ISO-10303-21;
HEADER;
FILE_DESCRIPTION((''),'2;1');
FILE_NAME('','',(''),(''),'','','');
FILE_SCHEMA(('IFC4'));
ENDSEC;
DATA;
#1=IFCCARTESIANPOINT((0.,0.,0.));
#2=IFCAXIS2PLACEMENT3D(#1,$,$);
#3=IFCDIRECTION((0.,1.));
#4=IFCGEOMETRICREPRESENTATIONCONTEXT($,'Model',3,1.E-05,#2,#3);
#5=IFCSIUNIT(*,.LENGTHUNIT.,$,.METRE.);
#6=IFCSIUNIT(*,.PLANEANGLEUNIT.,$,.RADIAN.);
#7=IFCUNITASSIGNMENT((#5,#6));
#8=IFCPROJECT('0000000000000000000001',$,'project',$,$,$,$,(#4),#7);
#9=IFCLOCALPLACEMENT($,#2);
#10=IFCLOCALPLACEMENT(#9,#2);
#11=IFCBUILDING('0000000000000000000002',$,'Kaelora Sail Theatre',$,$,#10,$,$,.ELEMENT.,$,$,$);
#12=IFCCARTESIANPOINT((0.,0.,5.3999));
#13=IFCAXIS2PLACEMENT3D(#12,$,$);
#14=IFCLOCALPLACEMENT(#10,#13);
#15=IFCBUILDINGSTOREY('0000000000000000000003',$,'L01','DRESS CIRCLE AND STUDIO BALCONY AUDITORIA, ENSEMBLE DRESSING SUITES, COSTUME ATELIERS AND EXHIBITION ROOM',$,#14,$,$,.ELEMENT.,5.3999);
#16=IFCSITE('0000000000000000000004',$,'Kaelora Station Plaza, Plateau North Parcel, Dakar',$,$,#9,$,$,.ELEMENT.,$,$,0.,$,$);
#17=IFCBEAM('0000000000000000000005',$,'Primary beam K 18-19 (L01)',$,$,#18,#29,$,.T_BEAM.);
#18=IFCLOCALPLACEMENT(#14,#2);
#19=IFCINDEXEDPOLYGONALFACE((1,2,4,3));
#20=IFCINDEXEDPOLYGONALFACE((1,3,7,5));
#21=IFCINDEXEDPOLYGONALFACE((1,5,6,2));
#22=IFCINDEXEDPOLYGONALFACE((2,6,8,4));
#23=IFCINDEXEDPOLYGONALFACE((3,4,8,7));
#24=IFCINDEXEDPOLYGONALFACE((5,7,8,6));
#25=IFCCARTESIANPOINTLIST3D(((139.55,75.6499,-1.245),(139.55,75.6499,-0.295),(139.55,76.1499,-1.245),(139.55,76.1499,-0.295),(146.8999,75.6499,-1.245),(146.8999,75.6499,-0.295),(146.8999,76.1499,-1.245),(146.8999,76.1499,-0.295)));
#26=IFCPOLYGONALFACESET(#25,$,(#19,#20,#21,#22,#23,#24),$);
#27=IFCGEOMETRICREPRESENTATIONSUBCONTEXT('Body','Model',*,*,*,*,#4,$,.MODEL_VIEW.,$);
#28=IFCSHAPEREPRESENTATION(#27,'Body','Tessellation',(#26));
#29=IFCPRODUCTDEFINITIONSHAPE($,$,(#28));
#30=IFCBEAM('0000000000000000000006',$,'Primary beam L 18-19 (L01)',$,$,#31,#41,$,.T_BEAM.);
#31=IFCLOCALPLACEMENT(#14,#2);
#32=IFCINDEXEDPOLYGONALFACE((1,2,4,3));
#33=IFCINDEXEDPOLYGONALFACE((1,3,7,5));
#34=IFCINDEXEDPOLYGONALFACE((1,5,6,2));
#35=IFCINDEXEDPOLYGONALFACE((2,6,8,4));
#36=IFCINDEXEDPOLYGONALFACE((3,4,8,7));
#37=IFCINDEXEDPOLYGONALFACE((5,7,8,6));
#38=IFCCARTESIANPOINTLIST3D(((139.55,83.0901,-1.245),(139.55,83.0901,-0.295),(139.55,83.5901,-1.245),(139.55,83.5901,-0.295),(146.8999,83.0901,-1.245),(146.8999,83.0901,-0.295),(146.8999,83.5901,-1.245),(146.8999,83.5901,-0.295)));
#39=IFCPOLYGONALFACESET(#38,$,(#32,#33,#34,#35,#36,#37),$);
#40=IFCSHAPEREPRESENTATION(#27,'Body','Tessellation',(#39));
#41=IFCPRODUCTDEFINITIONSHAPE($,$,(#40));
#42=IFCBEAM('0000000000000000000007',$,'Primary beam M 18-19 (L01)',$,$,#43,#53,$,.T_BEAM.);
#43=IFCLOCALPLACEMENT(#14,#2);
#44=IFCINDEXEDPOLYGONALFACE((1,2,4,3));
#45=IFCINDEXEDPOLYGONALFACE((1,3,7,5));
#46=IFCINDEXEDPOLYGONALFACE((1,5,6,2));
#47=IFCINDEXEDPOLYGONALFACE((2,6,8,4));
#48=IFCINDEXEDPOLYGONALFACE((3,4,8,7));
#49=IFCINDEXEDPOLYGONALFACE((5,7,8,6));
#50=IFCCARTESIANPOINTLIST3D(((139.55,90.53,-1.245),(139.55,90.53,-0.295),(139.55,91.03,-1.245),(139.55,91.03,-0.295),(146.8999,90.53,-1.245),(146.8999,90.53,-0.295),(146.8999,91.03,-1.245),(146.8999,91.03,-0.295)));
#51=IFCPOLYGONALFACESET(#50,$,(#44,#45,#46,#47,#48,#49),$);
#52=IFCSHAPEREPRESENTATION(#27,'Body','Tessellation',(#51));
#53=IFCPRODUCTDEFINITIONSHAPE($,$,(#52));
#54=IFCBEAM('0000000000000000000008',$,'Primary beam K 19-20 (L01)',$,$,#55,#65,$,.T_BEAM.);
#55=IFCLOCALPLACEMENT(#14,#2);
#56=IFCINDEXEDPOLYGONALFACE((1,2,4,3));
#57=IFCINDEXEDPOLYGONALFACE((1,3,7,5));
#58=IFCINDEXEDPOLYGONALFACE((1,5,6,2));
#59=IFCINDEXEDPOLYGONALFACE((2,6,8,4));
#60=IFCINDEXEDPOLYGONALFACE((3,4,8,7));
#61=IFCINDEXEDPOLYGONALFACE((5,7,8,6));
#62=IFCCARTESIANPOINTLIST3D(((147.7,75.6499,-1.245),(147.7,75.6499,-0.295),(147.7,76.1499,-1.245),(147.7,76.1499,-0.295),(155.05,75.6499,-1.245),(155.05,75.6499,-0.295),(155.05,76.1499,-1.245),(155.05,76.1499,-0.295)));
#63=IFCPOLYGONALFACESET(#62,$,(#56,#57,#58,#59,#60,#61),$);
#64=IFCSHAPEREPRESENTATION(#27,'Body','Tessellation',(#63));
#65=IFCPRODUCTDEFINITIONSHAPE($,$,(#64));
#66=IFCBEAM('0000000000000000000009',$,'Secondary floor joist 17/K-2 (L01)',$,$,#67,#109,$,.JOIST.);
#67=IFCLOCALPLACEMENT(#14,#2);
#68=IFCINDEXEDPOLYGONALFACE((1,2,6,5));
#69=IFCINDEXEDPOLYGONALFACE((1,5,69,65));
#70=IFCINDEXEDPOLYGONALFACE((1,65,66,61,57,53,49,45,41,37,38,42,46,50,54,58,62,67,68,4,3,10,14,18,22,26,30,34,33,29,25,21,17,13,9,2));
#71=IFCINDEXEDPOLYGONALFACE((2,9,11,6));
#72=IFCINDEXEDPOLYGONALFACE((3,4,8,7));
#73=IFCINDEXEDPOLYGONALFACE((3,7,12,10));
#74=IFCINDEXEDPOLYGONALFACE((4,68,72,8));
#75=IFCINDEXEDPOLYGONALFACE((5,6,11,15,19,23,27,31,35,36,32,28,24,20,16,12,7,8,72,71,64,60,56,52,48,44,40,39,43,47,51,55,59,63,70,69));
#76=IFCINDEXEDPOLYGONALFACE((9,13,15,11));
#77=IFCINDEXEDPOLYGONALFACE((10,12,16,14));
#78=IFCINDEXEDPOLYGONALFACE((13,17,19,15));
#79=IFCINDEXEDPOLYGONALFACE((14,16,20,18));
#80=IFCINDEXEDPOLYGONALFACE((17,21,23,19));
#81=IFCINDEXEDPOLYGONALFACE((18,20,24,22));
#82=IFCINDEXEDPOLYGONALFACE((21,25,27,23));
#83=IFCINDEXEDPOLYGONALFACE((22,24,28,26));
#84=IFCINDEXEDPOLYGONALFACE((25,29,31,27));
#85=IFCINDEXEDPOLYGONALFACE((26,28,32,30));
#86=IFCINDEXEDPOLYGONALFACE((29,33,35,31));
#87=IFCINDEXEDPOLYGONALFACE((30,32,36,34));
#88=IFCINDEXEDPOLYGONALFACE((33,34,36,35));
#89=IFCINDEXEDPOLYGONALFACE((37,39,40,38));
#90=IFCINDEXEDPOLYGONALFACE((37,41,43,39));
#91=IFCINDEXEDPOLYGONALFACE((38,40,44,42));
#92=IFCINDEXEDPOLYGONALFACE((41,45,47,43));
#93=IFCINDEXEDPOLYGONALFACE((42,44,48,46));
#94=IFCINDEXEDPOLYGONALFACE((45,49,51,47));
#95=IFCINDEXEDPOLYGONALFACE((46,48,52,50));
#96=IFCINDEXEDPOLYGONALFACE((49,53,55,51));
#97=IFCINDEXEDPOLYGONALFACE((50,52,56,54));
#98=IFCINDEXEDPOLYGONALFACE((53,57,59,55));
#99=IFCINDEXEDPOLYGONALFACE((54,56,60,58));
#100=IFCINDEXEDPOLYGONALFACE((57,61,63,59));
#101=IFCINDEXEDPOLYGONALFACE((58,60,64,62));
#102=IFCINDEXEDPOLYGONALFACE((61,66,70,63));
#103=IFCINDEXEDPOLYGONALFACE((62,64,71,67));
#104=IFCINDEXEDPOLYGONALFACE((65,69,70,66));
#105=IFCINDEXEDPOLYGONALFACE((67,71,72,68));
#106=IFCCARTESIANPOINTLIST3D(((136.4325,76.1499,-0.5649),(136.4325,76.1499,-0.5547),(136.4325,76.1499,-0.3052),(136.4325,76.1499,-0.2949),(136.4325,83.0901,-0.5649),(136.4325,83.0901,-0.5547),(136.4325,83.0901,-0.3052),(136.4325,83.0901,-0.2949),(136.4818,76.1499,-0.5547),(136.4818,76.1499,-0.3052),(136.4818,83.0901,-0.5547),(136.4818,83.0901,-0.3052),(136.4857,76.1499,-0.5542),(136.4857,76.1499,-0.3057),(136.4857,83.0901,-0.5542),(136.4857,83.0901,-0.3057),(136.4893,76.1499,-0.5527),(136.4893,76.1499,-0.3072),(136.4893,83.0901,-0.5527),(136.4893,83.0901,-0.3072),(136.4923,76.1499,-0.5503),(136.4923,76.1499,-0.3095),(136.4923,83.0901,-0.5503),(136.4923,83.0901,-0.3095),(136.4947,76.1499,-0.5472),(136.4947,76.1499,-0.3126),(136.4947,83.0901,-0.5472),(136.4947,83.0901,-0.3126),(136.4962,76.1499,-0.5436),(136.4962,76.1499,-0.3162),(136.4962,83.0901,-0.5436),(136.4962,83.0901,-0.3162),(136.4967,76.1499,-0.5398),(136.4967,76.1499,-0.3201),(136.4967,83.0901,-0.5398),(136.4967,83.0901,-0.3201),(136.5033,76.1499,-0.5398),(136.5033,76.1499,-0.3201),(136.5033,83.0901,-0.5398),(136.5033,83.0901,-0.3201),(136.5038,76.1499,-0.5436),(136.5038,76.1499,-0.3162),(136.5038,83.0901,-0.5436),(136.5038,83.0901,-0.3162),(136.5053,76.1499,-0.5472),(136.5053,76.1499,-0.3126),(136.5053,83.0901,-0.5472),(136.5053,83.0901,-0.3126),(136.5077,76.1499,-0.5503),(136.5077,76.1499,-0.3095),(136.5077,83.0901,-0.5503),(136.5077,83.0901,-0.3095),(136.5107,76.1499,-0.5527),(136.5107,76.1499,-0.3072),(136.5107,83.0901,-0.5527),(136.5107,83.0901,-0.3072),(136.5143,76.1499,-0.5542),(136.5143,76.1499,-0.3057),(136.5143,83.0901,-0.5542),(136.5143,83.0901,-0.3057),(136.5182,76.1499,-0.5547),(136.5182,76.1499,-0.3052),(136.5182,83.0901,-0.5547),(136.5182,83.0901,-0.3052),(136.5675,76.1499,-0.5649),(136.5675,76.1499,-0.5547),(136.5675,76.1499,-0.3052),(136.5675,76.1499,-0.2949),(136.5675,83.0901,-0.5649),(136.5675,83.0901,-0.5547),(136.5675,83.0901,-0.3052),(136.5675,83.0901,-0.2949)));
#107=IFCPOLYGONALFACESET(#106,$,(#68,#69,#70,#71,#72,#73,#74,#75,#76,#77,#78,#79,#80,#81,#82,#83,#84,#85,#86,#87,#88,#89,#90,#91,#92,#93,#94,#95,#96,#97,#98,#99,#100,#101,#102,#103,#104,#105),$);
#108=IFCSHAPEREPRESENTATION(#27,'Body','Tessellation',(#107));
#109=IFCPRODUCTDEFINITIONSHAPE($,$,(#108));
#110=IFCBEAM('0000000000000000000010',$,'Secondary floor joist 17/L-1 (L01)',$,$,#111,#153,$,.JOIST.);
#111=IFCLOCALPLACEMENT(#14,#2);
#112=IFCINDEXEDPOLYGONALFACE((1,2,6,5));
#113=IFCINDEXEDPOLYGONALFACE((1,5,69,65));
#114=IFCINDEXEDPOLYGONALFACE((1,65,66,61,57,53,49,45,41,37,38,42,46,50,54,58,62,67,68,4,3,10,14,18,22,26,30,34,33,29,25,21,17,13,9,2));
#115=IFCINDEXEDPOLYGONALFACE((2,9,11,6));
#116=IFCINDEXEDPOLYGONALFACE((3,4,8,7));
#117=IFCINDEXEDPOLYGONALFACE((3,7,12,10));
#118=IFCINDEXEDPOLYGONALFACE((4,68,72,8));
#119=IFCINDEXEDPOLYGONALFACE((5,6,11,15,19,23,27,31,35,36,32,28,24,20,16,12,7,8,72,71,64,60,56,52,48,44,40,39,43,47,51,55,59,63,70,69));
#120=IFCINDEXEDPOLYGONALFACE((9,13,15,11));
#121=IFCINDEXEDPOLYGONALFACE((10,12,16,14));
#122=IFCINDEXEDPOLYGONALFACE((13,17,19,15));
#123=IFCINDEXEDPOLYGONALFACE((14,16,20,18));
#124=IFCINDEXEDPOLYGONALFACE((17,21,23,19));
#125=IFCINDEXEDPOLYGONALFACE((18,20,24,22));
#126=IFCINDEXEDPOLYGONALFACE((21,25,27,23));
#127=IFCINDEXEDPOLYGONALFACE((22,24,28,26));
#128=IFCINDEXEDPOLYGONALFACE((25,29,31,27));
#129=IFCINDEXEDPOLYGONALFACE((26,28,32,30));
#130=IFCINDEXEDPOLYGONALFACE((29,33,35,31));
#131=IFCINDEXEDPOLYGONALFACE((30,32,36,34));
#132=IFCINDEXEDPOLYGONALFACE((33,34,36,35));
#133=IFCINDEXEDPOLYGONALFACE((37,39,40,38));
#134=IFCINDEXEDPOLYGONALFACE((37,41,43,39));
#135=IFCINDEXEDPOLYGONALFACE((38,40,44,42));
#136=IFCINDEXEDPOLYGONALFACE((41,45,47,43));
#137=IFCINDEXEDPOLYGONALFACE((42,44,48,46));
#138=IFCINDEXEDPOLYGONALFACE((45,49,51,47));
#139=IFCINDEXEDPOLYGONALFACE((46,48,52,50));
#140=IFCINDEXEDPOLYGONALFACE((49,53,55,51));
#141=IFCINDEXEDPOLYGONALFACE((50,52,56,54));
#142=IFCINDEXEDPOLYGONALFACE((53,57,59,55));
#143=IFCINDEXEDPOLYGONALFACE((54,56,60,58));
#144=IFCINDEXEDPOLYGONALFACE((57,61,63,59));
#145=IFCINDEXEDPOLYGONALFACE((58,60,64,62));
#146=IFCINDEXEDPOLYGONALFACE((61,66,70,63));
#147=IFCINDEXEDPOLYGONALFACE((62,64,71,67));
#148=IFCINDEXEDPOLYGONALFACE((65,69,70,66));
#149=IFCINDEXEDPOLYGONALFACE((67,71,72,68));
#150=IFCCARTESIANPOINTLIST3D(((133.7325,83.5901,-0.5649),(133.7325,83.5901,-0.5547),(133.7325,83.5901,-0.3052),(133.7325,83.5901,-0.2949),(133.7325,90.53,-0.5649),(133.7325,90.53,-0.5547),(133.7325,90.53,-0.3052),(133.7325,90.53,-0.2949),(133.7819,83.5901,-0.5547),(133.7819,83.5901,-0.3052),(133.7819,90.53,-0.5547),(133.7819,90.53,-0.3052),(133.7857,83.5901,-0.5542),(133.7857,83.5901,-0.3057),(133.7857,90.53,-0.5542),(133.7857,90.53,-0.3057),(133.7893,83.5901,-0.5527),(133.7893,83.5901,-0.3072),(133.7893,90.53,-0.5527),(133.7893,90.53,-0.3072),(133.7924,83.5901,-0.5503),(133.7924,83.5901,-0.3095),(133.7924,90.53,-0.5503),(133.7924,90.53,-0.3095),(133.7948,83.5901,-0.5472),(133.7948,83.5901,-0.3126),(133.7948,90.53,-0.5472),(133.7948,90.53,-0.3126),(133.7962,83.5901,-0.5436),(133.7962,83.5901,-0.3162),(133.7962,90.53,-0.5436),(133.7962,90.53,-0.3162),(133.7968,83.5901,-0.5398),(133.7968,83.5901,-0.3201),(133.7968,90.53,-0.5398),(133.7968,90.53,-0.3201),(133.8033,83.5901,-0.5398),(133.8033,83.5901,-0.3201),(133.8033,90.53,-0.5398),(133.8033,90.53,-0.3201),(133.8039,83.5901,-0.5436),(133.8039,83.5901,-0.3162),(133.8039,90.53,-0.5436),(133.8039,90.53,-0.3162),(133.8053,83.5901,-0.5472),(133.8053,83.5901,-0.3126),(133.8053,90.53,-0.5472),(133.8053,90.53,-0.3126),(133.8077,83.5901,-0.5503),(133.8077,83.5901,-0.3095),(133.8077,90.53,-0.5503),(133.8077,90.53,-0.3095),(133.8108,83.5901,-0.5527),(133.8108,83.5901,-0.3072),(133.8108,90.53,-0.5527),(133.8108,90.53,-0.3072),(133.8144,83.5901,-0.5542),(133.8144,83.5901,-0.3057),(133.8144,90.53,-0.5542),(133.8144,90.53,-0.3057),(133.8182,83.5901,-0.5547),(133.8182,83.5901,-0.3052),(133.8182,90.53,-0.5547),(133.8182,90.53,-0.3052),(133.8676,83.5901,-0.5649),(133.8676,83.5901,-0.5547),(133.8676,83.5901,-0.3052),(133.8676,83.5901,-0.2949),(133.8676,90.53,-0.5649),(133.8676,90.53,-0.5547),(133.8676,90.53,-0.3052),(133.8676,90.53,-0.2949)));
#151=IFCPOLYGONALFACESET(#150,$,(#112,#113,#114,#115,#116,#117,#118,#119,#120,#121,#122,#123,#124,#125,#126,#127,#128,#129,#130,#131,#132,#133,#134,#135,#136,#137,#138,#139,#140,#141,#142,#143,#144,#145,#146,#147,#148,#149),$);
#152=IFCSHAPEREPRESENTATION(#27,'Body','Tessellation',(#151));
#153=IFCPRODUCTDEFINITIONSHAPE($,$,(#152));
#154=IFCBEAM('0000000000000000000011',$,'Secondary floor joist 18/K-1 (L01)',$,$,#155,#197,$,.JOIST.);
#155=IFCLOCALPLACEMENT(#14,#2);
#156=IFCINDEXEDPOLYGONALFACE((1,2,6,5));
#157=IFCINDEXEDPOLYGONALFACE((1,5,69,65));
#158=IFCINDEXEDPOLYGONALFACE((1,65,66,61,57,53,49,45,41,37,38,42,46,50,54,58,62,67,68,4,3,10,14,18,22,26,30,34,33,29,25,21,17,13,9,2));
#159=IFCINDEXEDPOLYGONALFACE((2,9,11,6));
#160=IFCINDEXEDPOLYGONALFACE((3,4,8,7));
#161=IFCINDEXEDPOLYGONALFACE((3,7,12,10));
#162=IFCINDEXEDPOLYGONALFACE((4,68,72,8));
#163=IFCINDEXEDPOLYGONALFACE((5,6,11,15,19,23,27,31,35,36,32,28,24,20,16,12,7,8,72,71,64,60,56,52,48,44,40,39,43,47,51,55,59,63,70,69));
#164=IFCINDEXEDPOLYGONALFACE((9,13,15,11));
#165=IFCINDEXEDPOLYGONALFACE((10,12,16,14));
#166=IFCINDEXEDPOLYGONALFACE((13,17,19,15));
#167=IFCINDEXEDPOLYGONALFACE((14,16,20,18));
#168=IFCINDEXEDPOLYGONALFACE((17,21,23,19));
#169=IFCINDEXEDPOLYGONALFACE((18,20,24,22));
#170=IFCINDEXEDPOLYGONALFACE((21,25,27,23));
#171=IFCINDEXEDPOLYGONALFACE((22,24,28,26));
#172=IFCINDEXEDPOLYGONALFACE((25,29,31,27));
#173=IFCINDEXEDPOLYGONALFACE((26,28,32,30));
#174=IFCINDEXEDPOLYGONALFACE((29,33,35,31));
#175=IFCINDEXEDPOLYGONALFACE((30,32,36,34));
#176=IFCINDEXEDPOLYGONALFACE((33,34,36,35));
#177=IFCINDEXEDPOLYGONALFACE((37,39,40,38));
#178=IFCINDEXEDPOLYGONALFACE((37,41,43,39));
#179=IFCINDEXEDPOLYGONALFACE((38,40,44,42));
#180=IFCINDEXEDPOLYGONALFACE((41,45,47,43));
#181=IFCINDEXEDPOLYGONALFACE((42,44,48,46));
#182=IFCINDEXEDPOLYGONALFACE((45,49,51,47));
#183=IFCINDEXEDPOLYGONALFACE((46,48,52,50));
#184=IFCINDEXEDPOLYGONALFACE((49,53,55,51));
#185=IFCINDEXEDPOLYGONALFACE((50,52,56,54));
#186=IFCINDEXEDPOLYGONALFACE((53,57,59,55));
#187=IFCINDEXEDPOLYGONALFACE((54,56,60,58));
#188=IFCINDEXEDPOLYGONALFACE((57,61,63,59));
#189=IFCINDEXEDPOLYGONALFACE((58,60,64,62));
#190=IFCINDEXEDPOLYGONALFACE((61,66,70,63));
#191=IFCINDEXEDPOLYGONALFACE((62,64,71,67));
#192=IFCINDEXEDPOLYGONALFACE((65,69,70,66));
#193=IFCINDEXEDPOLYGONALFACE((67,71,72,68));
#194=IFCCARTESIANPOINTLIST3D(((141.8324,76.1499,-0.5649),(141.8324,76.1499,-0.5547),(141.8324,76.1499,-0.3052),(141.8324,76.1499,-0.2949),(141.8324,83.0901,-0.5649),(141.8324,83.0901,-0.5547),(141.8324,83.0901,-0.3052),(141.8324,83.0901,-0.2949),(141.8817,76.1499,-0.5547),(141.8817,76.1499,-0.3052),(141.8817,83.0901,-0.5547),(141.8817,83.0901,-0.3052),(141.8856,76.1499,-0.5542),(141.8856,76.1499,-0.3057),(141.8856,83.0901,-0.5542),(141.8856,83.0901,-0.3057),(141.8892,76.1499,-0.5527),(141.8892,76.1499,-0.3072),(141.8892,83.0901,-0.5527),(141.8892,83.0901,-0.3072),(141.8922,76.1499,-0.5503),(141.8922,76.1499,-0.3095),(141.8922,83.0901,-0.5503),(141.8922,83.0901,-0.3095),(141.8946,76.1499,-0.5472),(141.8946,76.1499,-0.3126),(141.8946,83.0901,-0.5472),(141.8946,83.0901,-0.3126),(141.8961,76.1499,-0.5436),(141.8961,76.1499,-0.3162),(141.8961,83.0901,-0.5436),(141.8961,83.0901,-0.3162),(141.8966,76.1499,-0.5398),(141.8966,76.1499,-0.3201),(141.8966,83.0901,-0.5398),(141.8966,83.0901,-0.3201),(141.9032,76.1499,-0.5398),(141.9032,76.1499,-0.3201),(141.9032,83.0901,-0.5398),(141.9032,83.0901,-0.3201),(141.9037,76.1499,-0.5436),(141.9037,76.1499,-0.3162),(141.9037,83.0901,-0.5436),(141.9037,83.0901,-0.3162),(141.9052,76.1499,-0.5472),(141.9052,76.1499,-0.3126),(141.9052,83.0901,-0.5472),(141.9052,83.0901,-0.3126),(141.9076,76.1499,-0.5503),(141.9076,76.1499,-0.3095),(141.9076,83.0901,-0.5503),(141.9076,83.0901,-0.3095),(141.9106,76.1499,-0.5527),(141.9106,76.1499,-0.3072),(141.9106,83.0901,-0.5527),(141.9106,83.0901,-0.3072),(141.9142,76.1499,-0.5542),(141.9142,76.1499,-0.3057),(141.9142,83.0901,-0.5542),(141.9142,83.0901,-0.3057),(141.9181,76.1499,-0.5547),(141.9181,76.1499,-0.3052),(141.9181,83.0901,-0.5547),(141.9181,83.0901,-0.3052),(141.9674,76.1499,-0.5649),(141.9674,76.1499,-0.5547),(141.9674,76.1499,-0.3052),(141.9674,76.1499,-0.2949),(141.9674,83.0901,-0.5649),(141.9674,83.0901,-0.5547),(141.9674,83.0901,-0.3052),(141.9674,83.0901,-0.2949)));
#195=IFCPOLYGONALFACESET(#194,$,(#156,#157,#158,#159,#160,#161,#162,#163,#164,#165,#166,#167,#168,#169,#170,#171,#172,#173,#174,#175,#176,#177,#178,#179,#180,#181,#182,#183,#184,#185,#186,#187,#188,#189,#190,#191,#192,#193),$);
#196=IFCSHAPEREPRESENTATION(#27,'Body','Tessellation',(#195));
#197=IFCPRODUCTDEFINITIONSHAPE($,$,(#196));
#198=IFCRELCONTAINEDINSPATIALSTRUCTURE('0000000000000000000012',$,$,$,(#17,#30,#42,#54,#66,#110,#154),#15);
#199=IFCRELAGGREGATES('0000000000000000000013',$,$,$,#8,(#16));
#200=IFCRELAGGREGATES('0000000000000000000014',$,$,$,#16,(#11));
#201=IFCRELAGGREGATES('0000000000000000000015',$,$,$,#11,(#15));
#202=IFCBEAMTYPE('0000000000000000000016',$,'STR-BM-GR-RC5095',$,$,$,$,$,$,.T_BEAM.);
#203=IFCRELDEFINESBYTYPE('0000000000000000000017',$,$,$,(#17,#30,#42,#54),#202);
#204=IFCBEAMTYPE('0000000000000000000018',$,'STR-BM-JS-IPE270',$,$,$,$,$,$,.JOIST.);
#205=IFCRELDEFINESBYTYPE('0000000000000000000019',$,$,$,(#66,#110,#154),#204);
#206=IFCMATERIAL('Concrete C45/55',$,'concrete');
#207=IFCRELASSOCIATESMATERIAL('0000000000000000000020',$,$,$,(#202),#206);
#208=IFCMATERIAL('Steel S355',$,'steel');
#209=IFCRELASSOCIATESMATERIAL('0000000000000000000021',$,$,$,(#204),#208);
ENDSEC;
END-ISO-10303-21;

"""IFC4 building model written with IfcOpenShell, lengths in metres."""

from ifc_helpers import new_model, si_unit, direction, frame, origin, origin_2d, place, context, subcontext, project, spatial, rectangle, i_section, extrude, material, material_profile, profile_set, type_object, element, save


model = new_model("IFC4")

# Units and contexts
model_context = context("Model", 3, precision=1e-05, world=origin(), true_north=direction((0.0, 1.0)))
body_context = subcontext(model_context, "Body", "Model", "MODEL_VIEW")
ifc_project = project(units=[si_unit("LENGTHUNIT", "METRE"), si_unit("PLANEANGLEUNIT", "RADIAN")], contexts=[model_context])

# Site, building, storey
site_placement = place(None, origin())
site = spatial("IfcSite", under=ifc_project, at=site_placement, Name="Kaelora Station Plaza, Plateau North Parcel, Dakar", CompositionType="ELEMENT", RefElevation=0.0)
building_placement = place(site_placement, origin())
building = spatial("IfcBuilding", under=site, at=building_placement, Name="Kaelora Sail Theatre", CompositionType="ELEMENT")
storey_placement = place(building_placement, frame((0.0, 0.0, 5.3999)))
storey = spatial("IfcBuildingStorey", under=building, at=storey_placement, Name="L01", Description="DRESS CIRCLE AND STUDIO BALCONY AUDITORIA, ENSEMBLE DRESSING SUITES, COSTUME ATELIERS AND EXHIBITION ROOM", CompositionType="ELEMENT", Elevation=5.3999)

# Beams
ifc_material_1 = material(Name="Concrete C45/55", Category="concrete")
ifc_material_profile_1 = material_profile(ifc_material_1, rectangle(XDim=0.5, YDim=0.95, at=origin_2d()), Name="RC-GRD 500x950")
ifc_profile_set_1 = profile_set([ifc_material_profile_1], Name="Concrete C45/55")
beam_type_1 = type_object("IfcBeamType", Name="STR-BM-GR-RC5095", PredefinedType="T_BEAM", material=ifc_profile_set_1)
for number, where, z_axis, x_axis, name in (
    (1, (139.55, 75.8999, -0.77), (1.0, 0.0, 0.0), (0.0, 1.0, 0.0), "Primary beam K 18-19 (L01)"),
    (2, (139.55, 83.3401, -0.77), (1.0, 0.0, 0.0), (0.0, 1.0, 0.0), "Primary beam L 18-19 (L01)"),
    (3, (139.55, 90.78, -0.77), (1.0, 0.0, 0.0), (0.0, 1.0, 0.0), "Primary beam M 18-19 (L01)"),
):
    element("IfcBeam", number, at=place(storey_placement, frame(where, z_axis=z_axis, x_axis=x_axis)), inside=storey, type_object=beam_type_1, Name=name, PredefinedType="T_BEAM", context=body_context, shape_type="SweptSolid", body=[
        extrude(rectangle(XDim=0.5, YDim=0.95, at=origin_2d()), origin(), (0.0, 0.0, 1.0), 7.3499),
    ])
beam_1_placement = place(storey_placement, frame((147.7, 75.8999, -0.77), z_axis=(1.0, 0.0, 0.0), x_axis=(0.0, 1.0, 0.0)))
element("IfcBeam", 4, at=beam_1_placement, inside=storey, type_object=beam_type_1, Name="Primary beam K 19-20 (L01)", PredefinedType="T_BEAM", context=body_context, shape_type="SweptSolid", body=[
    extrude(rectangle(XDim=0.5, YDim=0.95, at=origin_2d()), origin(), (0.0, 0.0, 1.0), 7.3501),
])
ifc_material_2 = material(Name="Steel S355", Category="steel")
ifc_material_profile_2 = material_profile(ifc_material_2, i_section(OverallWidth=0.135, OverallDepth=0.27, WebThickness=0.0066, FlangeThickness=0.0103, FilletRadius=0.0149, at=origin_2d()), Name="IPE 270")
ifc_profile_set_2 = profile_set([ifc_material_profile_2], Name="Steel S355")
beam_type_2 = type_object("IfcBeamType", Name="STR-BM-JS-IPE270", PredefinedType="JOIST", material=ifc_profile_set_2)
beam_2_placement = place(storey_placement, frame((136.5, 76.1499, -0.4299), z_axis=(0.0, 1.0, 0.0), x_axis=(-1.0, 0.0, 0.0)))
element("IfcBeam", 5, at=beam_2_placement, inside=storey, type_object=beam_type_2, Name="Secondary floor joist 17/K-2 (L01)", PredefinedType="JOIST", context=body_context, shape_type="SweptSolid", body=[
    extrude(i_section(OverallWidth=0.135, OverallDepth=0.27, WebThickness=0.0066, FlangeThickness=0.0103, FilletRadius=0.0149, at=origin_2d()), origin(), (0.0, 0.0, 1.0), 6.9402),
])
beam_3_placement = place(storey_placement, frame((133.8, 83.5901, -0.4299), z_axis=(0.0, 1.0, 0.0), x_axis=(-1.0, 0.0, 0.0)))
element("IfcBeam", 6, at=beam_3_placement, inside=storey, type_object=beam_type_2, Name="Secondary floor joist 17/L-1 (L01)", PredefinedType="JOIST", context=body_context, shape_type="SweptSolid", body=[
    extrude(i_section(OverallWidth=0.135, OverallDepth=0.27, WebThickness=0.0066, FlangeThickness=0.0103, FilletRadius=0.0149, at=origin_2d()), origin(), (0.0, 0.0, 1.0), 6.9399),
])
beam_4_placement = place(storey_placement, frame((141.8999, 76.1499, -0.4299), z_axis=(0.0, 1.0, 0.0), x_axis=(-1.0, 0.0, 0.0)))
element("IfcBeam", 7, at=beam_4_placement, inside=storey, type_object=beam_type_2, Name="Secondary floor joist 18/K-1 (L01)", PredefinedType="JOIST", context=body_context, shape_type="SweptSolid", body=[
    extrude(i_section(OverallWidth=0.135, OverallDepth=0.27, WebThickness=0.0066, FlangeThickness=0.0103, FilletRadius=0.0149, at=origin_2d()), origin(), (0.0, 0.0, 1.0), 6.9402),
])

save(model, "model.ifc")
